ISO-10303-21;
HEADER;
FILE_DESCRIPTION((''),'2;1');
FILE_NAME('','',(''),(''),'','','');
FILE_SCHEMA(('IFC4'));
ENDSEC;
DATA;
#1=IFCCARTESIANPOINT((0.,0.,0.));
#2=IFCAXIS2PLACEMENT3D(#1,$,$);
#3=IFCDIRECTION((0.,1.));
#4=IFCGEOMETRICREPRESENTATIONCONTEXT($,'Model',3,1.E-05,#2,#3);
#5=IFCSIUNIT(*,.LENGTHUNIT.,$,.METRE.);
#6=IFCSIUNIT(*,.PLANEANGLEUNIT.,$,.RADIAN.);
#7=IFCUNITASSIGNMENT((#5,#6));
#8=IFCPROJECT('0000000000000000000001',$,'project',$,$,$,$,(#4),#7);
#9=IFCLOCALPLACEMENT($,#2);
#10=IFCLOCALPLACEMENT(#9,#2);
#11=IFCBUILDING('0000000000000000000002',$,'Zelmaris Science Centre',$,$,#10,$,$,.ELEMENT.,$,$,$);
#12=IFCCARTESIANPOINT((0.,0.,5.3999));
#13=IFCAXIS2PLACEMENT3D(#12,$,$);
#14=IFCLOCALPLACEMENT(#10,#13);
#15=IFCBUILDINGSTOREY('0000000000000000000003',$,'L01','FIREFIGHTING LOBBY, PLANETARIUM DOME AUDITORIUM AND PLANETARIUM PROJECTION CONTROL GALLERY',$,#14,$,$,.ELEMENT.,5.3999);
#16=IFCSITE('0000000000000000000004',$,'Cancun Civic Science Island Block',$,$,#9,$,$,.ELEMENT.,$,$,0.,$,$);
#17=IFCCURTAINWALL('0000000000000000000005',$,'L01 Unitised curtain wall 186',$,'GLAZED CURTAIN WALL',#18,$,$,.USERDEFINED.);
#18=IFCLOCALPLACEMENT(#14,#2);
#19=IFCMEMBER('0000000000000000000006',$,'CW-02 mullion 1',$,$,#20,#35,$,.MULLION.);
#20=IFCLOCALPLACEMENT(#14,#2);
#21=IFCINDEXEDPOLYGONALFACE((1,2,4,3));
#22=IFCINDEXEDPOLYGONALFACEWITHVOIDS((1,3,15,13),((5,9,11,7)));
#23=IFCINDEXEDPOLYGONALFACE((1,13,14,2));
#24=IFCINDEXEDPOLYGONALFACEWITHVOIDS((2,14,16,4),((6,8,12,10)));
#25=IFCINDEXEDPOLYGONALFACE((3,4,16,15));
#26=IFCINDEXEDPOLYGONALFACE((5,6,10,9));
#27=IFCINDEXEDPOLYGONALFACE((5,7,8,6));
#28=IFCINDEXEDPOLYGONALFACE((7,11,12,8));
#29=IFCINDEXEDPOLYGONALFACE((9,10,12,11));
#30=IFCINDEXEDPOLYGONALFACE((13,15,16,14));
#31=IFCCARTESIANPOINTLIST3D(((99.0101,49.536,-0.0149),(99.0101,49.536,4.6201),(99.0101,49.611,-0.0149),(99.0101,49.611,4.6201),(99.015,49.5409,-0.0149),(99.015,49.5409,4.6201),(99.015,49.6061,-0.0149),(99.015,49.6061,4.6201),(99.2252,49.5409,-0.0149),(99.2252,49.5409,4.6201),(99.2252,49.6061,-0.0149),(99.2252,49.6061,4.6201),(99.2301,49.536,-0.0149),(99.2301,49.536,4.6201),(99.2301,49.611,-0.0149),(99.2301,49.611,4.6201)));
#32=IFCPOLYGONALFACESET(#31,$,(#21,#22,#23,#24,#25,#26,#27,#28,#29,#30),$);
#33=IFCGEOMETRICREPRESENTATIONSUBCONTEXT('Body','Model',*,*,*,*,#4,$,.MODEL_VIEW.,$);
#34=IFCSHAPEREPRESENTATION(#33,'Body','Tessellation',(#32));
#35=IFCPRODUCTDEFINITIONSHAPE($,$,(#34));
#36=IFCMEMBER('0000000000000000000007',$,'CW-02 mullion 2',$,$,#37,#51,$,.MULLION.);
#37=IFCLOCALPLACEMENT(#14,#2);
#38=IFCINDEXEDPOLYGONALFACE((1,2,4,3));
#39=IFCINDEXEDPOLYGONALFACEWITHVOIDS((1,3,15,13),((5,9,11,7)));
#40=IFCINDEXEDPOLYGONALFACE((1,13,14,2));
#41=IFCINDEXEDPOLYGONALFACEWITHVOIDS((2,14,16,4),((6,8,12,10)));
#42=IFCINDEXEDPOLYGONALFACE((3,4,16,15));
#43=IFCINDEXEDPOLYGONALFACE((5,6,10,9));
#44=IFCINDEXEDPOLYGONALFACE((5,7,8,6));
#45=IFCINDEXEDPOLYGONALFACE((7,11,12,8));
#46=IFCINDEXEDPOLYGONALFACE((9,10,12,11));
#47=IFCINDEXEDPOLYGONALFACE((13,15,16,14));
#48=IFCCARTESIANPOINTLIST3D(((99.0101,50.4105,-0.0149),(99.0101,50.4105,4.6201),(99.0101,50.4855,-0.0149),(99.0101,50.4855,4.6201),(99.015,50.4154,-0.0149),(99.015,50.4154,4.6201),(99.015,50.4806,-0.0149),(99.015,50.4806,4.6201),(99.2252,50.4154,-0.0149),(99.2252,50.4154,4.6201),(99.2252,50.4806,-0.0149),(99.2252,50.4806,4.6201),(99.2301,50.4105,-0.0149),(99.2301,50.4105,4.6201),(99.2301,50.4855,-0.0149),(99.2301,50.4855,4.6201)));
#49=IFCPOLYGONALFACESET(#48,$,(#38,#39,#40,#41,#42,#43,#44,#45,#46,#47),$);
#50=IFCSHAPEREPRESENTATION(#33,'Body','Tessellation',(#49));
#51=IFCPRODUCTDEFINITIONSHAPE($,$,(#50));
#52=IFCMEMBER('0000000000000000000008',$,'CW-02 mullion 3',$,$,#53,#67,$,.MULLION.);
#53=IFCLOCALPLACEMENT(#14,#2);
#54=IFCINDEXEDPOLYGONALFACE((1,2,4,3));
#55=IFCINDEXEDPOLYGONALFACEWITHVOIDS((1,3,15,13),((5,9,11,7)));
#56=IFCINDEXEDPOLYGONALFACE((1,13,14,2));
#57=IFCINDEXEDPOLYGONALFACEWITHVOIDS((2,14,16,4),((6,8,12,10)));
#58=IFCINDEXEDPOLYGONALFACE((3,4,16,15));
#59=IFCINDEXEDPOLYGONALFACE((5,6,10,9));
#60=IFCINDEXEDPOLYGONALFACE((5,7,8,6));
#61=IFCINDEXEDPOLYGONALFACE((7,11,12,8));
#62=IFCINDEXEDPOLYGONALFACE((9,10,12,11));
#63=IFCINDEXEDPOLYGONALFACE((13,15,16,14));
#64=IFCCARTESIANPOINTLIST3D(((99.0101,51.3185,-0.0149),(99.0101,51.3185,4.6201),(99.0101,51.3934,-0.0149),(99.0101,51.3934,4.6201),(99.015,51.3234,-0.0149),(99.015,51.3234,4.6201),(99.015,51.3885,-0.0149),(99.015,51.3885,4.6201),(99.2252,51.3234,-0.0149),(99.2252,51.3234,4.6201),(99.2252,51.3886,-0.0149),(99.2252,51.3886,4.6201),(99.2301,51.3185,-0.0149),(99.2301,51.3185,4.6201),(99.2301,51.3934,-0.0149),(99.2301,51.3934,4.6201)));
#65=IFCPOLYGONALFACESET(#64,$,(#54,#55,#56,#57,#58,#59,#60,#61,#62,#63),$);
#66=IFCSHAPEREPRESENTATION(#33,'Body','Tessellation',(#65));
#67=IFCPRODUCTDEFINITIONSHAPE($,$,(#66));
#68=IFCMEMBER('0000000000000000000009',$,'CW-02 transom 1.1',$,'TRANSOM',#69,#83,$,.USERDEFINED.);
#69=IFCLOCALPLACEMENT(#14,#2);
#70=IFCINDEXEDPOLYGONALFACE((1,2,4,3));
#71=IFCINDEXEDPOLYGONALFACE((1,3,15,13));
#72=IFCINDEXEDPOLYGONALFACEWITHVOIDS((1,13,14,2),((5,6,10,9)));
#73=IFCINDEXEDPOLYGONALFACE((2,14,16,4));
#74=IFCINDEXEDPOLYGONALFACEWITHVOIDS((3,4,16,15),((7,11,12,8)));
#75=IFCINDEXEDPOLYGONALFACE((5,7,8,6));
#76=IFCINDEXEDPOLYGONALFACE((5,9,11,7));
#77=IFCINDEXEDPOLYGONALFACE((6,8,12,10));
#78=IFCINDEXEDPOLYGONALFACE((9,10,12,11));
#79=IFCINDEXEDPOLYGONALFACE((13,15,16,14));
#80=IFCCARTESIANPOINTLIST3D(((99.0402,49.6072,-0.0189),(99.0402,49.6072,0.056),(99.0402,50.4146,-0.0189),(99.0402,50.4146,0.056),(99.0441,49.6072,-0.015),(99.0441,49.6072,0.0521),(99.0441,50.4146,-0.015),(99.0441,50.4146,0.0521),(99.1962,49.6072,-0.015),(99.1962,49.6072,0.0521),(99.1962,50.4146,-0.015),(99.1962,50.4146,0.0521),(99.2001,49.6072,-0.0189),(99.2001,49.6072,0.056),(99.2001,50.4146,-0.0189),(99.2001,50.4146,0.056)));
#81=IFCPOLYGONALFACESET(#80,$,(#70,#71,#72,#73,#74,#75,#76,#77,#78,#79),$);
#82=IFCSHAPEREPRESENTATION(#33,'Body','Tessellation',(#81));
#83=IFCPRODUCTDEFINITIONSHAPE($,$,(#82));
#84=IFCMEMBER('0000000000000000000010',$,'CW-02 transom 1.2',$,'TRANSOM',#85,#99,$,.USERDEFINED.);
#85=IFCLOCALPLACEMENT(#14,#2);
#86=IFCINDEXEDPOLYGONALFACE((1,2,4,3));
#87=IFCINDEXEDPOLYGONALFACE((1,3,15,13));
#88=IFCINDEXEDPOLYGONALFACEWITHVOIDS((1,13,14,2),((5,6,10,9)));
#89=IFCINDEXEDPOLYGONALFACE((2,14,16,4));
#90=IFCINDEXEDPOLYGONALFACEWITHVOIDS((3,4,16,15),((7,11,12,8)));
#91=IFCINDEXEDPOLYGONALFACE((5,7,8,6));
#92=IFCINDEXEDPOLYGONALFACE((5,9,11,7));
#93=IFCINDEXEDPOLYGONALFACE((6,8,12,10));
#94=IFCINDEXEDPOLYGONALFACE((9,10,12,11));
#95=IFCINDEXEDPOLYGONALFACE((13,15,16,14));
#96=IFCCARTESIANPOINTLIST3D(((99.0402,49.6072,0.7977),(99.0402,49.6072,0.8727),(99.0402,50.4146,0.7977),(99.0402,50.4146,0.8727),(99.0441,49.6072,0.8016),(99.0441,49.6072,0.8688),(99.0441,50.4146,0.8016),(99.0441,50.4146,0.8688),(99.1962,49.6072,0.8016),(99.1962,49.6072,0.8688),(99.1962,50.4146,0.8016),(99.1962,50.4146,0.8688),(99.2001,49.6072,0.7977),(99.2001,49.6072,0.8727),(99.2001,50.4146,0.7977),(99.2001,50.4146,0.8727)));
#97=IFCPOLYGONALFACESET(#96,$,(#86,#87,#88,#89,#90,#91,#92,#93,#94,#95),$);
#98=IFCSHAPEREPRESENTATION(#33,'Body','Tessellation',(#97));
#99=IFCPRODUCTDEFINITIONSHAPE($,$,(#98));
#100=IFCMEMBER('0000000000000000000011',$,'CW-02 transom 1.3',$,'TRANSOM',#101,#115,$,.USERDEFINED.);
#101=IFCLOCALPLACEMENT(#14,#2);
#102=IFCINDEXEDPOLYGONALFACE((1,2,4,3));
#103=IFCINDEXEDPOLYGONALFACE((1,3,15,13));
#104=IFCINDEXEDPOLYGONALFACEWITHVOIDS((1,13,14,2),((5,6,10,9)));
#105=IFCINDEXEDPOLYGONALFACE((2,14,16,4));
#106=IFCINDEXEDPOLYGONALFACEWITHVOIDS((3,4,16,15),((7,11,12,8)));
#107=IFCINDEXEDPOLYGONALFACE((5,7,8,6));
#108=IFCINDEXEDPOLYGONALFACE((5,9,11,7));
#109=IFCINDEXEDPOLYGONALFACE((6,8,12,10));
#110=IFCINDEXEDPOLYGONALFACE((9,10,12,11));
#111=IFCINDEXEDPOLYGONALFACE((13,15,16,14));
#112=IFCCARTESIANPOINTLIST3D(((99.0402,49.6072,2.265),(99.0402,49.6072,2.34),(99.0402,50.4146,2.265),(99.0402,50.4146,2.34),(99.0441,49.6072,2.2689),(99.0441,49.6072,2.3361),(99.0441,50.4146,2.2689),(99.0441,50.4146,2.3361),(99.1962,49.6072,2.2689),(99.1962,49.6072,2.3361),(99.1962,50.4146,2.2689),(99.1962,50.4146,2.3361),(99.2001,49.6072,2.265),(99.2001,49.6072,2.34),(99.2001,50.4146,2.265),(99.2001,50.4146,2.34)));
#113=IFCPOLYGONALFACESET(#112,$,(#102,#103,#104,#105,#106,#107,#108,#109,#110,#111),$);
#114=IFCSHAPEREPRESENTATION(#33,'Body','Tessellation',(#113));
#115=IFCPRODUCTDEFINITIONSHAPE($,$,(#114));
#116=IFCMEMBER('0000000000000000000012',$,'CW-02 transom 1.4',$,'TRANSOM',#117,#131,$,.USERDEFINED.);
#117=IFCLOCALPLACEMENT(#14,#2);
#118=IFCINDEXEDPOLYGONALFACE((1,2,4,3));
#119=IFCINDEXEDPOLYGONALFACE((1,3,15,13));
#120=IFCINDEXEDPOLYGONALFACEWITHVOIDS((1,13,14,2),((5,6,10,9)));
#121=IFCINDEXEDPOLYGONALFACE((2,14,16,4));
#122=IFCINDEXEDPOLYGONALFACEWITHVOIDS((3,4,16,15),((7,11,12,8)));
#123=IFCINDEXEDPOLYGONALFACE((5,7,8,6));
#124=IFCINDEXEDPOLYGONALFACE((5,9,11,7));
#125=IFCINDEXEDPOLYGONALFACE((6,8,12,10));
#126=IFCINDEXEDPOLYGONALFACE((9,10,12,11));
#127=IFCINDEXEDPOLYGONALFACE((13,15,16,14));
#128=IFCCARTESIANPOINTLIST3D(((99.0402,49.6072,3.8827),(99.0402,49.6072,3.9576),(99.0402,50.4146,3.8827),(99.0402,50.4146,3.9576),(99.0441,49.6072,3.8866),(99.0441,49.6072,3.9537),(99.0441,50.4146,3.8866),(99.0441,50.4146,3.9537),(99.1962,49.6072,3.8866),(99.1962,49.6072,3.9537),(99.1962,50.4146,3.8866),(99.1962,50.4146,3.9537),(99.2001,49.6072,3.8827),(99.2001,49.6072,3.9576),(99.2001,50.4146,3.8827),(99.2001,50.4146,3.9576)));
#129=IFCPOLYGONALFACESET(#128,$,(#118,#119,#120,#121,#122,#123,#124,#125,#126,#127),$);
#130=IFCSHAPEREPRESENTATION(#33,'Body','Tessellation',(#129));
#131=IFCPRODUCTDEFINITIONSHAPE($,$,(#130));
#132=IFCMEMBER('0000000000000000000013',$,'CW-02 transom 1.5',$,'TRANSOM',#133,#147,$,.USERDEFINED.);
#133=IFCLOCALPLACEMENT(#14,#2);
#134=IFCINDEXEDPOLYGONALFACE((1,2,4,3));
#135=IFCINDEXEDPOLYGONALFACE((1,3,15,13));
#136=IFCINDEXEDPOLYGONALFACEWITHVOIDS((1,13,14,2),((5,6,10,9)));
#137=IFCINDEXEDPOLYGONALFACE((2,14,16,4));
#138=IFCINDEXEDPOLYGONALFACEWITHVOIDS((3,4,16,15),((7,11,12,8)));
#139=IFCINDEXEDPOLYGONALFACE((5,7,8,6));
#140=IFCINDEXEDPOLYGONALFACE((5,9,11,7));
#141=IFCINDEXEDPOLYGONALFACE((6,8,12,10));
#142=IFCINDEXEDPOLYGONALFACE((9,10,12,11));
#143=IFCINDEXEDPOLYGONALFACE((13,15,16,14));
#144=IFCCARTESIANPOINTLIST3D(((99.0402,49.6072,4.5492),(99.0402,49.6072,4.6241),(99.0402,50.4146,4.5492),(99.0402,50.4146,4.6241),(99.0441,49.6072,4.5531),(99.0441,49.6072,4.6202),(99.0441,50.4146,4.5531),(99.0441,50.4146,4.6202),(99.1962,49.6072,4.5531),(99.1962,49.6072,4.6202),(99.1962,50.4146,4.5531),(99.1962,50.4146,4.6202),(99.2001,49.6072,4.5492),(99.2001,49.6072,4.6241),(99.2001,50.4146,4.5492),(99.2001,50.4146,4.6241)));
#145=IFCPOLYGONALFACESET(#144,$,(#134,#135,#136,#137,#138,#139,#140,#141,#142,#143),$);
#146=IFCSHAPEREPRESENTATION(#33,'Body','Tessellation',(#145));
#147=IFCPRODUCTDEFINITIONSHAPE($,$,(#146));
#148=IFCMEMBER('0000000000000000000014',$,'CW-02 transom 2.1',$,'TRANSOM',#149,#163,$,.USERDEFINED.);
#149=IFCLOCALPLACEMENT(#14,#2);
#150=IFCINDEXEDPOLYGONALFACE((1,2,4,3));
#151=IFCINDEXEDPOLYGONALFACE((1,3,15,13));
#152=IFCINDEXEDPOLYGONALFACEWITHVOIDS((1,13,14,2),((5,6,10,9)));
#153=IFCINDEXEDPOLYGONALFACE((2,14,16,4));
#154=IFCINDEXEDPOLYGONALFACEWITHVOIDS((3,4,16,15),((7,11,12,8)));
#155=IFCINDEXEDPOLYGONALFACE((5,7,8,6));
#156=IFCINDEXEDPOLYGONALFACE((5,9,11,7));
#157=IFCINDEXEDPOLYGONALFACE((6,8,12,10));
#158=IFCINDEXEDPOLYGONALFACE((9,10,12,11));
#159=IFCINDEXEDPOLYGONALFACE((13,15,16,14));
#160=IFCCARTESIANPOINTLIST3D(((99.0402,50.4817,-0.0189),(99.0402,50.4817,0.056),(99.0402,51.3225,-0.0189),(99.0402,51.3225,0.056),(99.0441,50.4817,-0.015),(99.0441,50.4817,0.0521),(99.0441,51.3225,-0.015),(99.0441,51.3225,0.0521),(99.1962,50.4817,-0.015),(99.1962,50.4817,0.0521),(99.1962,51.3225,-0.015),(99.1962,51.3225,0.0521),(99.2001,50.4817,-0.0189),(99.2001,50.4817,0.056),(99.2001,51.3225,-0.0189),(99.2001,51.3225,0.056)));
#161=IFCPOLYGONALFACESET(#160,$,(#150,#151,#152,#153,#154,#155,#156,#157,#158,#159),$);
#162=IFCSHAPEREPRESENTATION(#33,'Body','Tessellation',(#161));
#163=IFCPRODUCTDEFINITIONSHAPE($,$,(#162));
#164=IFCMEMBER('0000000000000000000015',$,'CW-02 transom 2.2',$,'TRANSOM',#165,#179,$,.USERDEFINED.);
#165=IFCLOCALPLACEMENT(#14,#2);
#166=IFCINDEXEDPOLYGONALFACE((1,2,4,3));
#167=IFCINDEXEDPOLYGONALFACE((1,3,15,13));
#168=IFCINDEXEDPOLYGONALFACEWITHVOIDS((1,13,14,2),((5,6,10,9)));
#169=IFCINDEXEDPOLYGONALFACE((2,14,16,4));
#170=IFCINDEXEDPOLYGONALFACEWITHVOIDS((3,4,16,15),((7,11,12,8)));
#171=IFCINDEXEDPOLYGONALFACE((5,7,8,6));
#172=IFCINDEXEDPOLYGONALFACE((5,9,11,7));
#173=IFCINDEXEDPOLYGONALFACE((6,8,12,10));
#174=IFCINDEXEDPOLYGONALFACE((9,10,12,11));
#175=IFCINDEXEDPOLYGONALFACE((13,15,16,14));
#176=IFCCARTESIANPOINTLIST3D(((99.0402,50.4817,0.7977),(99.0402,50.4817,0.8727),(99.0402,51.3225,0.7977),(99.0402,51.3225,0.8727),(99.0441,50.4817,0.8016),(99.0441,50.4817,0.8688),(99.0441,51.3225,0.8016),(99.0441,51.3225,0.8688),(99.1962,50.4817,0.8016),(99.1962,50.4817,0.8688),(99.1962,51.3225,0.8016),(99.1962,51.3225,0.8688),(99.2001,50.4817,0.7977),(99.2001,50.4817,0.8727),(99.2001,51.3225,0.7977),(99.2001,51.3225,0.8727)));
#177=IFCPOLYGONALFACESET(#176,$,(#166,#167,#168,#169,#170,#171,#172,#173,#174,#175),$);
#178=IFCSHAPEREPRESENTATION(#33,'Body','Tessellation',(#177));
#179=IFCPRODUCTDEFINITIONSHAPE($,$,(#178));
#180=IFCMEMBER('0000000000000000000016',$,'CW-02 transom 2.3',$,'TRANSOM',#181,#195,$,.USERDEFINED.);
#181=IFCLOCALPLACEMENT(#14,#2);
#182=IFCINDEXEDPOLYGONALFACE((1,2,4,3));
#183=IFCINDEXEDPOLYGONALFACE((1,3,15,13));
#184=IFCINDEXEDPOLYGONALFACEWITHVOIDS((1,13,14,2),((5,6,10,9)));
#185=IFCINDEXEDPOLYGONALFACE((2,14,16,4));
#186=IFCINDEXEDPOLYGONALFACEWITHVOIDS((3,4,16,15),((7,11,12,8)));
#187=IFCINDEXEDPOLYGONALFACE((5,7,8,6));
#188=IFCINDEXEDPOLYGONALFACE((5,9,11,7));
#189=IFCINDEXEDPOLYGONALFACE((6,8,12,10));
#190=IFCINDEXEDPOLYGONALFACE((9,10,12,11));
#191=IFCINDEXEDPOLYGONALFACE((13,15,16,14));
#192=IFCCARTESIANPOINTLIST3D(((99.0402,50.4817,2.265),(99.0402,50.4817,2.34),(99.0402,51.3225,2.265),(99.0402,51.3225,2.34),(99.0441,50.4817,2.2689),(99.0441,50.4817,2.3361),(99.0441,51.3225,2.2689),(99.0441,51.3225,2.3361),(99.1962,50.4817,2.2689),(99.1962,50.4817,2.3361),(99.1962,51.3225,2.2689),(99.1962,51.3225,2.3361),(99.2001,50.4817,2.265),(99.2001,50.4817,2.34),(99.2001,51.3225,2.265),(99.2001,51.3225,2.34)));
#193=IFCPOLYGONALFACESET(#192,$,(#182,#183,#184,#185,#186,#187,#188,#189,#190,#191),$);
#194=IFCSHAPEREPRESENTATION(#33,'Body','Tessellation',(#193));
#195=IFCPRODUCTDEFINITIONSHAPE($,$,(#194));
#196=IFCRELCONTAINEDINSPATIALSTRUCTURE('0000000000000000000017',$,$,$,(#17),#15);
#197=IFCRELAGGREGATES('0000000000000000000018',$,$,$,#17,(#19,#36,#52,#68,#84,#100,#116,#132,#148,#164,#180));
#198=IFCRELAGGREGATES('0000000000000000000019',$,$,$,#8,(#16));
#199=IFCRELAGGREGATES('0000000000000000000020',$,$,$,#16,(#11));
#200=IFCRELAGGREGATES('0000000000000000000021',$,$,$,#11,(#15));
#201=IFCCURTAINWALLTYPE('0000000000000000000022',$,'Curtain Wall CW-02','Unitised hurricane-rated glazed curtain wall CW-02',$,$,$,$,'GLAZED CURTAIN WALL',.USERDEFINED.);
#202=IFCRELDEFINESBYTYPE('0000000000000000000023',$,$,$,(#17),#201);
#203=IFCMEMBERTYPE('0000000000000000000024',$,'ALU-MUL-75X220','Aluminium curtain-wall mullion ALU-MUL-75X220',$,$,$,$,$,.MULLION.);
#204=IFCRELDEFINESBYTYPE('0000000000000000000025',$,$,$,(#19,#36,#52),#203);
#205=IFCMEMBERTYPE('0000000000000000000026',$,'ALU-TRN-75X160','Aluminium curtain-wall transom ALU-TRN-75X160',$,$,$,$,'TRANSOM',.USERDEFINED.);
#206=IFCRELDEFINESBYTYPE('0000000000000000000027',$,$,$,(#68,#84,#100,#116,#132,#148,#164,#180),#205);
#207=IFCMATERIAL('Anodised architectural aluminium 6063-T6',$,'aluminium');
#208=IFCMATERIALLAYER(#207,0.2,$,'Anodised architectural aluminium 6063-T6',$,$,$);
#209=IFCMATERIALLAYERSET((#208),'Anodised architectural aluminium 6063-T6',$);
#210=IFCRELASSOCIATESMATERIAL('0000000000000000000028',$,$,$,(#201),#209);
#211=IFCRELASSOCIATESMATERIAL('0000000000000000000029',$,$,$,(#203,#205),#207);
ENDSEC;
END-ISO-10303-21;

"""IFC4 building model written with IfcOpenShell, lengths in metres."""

from ifc_helpers import new_model, si_unit, direction, frame, origin, origin_2d, place, context, subcontext, project, spatial, hollow_rectangle, extrude, material, layer, layer_set, material_profile, profile_set, type_object, element, aggregate, save


model = new_model("IFC4")

# Units and contexts
model_context = context("Model", 3, precision=1e-05, world=origin(), true_north=direction((0.0, 1.0)))
body_context = subcontext(model_context, "Body", "Model", "MODEL_VIEW")
ifc_project = project(units=[si_unit("LENGTHUNIT", "METRE"), si_unit("PLANEANGLEUNIT", "RADIAN")], contexts=[model_context])

# Site, building, storey
site_placement = place(None, origin())
site = spatial("IfcSite", under=ifc_project, at=site_placement, Name="Cancun Civic Science Island Block", CompositionType="ELEMENT", RefElevation=0.0)
building_placement = place(site_placement, origin())
building = spatial("IfcBuilding", under=site, at=building_placement, Name="Zelmaris Science Centre", CompositionType="ELEMENT")
storey_placement = place(building_placement, frame((0.0, 0.0, 5.3999)))
storey = spatial("IfcBuildingStorey", under=building, at=storey_placement, Name="L01", Description="FIREFIGHTING LOBBY, PLANETARIUM DOME AUDITORIUM AND PLANETARIUM PROJECTION CONTROL GALLERY", CompositionType="ELEMENT", Elevation=5.3999)

# Curtain wall, members
ifc_material_1 = material(Name="Anodised architectural aluminium 6063-T6", Category="aluminium")
ifc_layer_1 = layer(ifc_material_1, 0.2, Name="Anodised architectural aluminium 6063-T6")
ifc_layer_set_1 = layer_set([ifc_layer_1], Name="Anodised architectural aluminium 6063-T6")
curtain_wall_type = type_object("IfcCurtainWallType", Name="Curtain Wall CW-02", Description="Unitised hurricane-rated glazed curtain wall CW-02", ElementType="GLAZED CURTAIN WALL", PredefinedType="USERDEFINED", material=ifc_layer_set_1)
curtain_wall_placement = place(storey_placement, origin())
curtain_wall = element("IfcCurtainWall", 1, at=curtain_wall_placement, inside=storey, type_object=curtain_wall_type, Name="L01 Unitised curtain wall 186", ObjectType="GLAZED CURTAIN WALL", PredefinedType="USERDEFINED")
ifc_material_profile_1 = material_profile(ifc_material_1, hollow_rectangle(XDim=0.075, YDim=0.22, WallThickness=0.0049, at=origin_2d()), Name="ALU-MUL-75X220")
ifc_profile_set_1 = profile_set([ifc_material_profile_1], Name="Anodised architectural aluminium 6063-T6")
member_type_1 = type_object("IfcMemberType", Name="ALU-MUL-75X220", Description="Aluminium curtain-wall mullion ALU-MUL-75X220", PredefinedType="MULLION", material=ifc_profile_set_1)
member_1_placement = place(storey_placement, frame((99.1201, 49.5735, -0.0149), z_axis=(0.0, 0.0, 1.0), x_axis=(-0.000005, 1.0, 0.0)))
member_1 = element("IfcMember", 2, at=member_1_placement, type_object=member_type_1, Name="CW-02 mullion 1", PredefinedType="MULLION", context=body_context, shape_type="SweptSolid", body=[
    extrude(hollow_rectangle(XDim=0.075, YDim=0.22, WallThickness=0.0049, at=origin_2d()), origin(), (0.0, 0.0, 1.0), 4.635),
])
member_2_placement = place(storey_placement, frame((99.1201, 50.448, -0.0149), z_axis=(0.0, 0.0, 1.0), x_axis=(-0.000005, 1.0, 0.0)))
member_2 = element("IfcMember", 3, at=member_2_placement, type_object=member_type_1, Name="CW-02 mullion 2", PredefinedType="MULLION", context=body_context, shape_type="SweptSolid", body=[
    extrude(hollow_rectangle(XDim=0.075, YDim=0.22, WallThickness=0.0049, at=origin_2d()), origin(), (0.0, 0.0, 1.0), 4.635),
])
member_3_placement = place(storey_placement, frame((99.1201, 51.356, -0.0149), z_axis=(0.0, 0.0, 1.0), x_axis=(-0.000005, 1.0, 0.0)))
member_3 = element("IfcMember", 4, at=member_3_placement, type_object=member_type_1, Name="CW-02 mullion 3", PredefinedType="MULLION", context=body_context, shape_type="SweptSolid", body=[
    extrude(hollow_rectangle(XDim=0.075, YDim=0.22, WallThickness=0.0049, at=origin_2d()), origin(), (0.0, 0.0, 1.0), 4.635),
])
ifc_material_profile_2 = material_profile(ifc_material_1, hollow_rectangle(XDim=0.075, YDim=0.1599, WallThickness=0.0039, at=origin_2d()), Name="ALU-TRN-75X160")
ifc_profile_set_2 = profile_set([ifc_material_profile_2], Name="Anodised architectural aluminium 6063-T6")
member_type_2 = type_object("IfcMemberType", Name="ALU-TRN-75X160", Description="Aluminium curtain-wall transom ALU-TRN-75X160", ElementType="TRANSOM", PredefinedType="USERDEFINED", material=ifc_profile_set_2)
member_4_placement = place(storey_placement, frame((99.1201, 49.6072, 0.0186), z_axis=(0.0, 1.0, 0.0), x_axis=(0.0, 0.0, 1.0)))
member_4 = element("IfcMember", 5, at=member_4_placement, type_object=member_type_2, Name="CW-02 transom 1.1", ObjectType="TRANSOM", PredefinedType="USERDEFINED", context=body_context, shape_type="SweptSolid", body=[
    extrude(hollow_rectangle(XDim=0.075, YDim=0.1599, WallThickness=0.0039, at=origin_2d()), origin(), (0.0, 0.0, 1.0), 0.8074),
])
member_5_placement = place(storey_placement, frame((99.1201, 49.6072, 0.8352), z_axis=(0.0, 1.0, 0.0), x_axis=(0.0, 0.0, 1.0)))
member_5 = element("IfcMember", 6, at=member_5_placement, type_object=member_type_2, Name="CW-02 transom 1.2", ObjectType="TRANSOM", PredefinedType="USERDEFINED", context=body_context, shape_type="SweptSolid", body=[
    extrude(hollow_rectangle(XDim=0.075, YDim=0.1599, WallThickness=0.0039, at=origin_2d()), origin(), (0.0, 0.0, 1.0), 0.8074),
])
member_6_placement = place(storey_placement, frame((99.1201, 49.6072, 2.3025), z_axis=(0.0, 1.0, 0.0), x_axis=(0.0, 0.0, 1.0)))
member_6 = element("IfcMember", 7, at=member_6_placement, type_object=member_type_2, Name="CW-02 transom 1.3", ObjectType="TRANSOM", PredefinedType="USERDEFINED", context=body_context, shape_type="SweptSolid", body=[
    extrude(hollow_rectangle(XDim=0.075, YDim=0.1599, WallThickness=0.0039, at=origin_2d()), origin(), (0.0, 0.0, 1.0), 0.8074),
])
member_7_placement = place(storey_placement, frame((99.1201, 49.6072, 3.9202), z_axis=(0.0, 1.0, 0.0), x_axis=(0.0, 0.0, 1.0)))
member_7 = element("IfcMember", 8, at=member_7_placement, type_object=member_type_2, Name="CW-02 transom 1.4", ObjectType="TRANSOM", PredefinedType="USERDEFINED", context=body_context, shape_type="SweptSolid", body=[
    extrude(hollow_rectangle(XDim=0.075, YDim=0.1599, WallThickness=0.0039, at=origin_2d()), origin(), (0.0, 0.0, 1.0), 0.8074),
])
member_8_placement = place(storey_placement, frame((99.1201, 49.6072, 4.5867), z_axis=(0.0, 1.0, 0.0), x_axis=(0.0, 0.0, 1.0)))
member_8 = element("IfcMember", 9, at=member_8_placement, type_object=member_type_2, Name="CW-02 transom 1.5", ObjectType="TRANSOM", PredefinedType="USERDEFINED", context=body_context, shape_type="SweptSolid", body=[
    extrude(hollow_rectangle(XDim=0.075, YDim=0.1599, WallThickness=0.0039, at=origin_2d()), origin(), (0.0, 0.0, 1.0), 0.8074),
])
member_9_placement = place(storey_placement, frame((99.1201, 50.4817, 0.0186), z_axis=(0.0, 1.0, 0.0), x_axis=(0.0, 0.0, 1.0)))
member_9 = element("IfcMember", 10, at=member_9_placement, type_object=member_type_2, Name="CW-02 transom 2.1", ObjectType="TRANSOM", PredefinedType="USERDEFINED", context=body_context, shape_type="SweptSolid", body=[
    extrude(hollow_rectangle(XDim=0.075, YDim=0.1599, WallThickness=0.0039, at=origin_2d()), origin(), (0.0, 0.0, 1.0), 0.8408),
])
member_10_placement = place(storey_placement, frame((99.1201, 50.4817, 0.8352), z_axis=(0.0, 1.0, 0.0), x_axis=(0.0, 0.0, 1.0)))
member_10 = element("IfcMember", 11, at=member_10_placement, type_object=member_type_2, Name="CW-02 transom 2.2", ObjectType="TRANSOM", PredefinedType="USERDEFINED", context=body_context, shape_type="SweptSolid", body=[
    extrude(hollow_rectangle(XDim=0.075, YDim=0.1599, WallThickness=0.0039, at=origin_2d()), origin(), (0.0, 0.0, 1.0), 0.8408),
])
member_11_placement = place(storey_placement, frame((99.1201, 50.4817, 2.3025), z_axis=(0.0, 1.0, 0.0), x_axis=(0.0, 0.0, 1.0)))
member_11 = element("IfcMember", 12, at=member_11_placement, type_object=member_type_2, Name="CW-02 transom 2.3", ObjectType="TRANSOM", PredefinedType="USERDEFINED", context=body_context, shape_type="SweptSolid", body=[
    extrude(hollow_rectangle(XDim=0.075, YDim=0.1599, WallThickness=0.0039, at=origin_2d()), origin(), (0.0, 0.0, 1.0), 0.8408),
])
aggregate(curtain_wall, [member_1, member_2, member_3, member_4, member_5, member_6, member_7, member_8, member_9, member_10, member_11])

save(model, "model.ifc")
